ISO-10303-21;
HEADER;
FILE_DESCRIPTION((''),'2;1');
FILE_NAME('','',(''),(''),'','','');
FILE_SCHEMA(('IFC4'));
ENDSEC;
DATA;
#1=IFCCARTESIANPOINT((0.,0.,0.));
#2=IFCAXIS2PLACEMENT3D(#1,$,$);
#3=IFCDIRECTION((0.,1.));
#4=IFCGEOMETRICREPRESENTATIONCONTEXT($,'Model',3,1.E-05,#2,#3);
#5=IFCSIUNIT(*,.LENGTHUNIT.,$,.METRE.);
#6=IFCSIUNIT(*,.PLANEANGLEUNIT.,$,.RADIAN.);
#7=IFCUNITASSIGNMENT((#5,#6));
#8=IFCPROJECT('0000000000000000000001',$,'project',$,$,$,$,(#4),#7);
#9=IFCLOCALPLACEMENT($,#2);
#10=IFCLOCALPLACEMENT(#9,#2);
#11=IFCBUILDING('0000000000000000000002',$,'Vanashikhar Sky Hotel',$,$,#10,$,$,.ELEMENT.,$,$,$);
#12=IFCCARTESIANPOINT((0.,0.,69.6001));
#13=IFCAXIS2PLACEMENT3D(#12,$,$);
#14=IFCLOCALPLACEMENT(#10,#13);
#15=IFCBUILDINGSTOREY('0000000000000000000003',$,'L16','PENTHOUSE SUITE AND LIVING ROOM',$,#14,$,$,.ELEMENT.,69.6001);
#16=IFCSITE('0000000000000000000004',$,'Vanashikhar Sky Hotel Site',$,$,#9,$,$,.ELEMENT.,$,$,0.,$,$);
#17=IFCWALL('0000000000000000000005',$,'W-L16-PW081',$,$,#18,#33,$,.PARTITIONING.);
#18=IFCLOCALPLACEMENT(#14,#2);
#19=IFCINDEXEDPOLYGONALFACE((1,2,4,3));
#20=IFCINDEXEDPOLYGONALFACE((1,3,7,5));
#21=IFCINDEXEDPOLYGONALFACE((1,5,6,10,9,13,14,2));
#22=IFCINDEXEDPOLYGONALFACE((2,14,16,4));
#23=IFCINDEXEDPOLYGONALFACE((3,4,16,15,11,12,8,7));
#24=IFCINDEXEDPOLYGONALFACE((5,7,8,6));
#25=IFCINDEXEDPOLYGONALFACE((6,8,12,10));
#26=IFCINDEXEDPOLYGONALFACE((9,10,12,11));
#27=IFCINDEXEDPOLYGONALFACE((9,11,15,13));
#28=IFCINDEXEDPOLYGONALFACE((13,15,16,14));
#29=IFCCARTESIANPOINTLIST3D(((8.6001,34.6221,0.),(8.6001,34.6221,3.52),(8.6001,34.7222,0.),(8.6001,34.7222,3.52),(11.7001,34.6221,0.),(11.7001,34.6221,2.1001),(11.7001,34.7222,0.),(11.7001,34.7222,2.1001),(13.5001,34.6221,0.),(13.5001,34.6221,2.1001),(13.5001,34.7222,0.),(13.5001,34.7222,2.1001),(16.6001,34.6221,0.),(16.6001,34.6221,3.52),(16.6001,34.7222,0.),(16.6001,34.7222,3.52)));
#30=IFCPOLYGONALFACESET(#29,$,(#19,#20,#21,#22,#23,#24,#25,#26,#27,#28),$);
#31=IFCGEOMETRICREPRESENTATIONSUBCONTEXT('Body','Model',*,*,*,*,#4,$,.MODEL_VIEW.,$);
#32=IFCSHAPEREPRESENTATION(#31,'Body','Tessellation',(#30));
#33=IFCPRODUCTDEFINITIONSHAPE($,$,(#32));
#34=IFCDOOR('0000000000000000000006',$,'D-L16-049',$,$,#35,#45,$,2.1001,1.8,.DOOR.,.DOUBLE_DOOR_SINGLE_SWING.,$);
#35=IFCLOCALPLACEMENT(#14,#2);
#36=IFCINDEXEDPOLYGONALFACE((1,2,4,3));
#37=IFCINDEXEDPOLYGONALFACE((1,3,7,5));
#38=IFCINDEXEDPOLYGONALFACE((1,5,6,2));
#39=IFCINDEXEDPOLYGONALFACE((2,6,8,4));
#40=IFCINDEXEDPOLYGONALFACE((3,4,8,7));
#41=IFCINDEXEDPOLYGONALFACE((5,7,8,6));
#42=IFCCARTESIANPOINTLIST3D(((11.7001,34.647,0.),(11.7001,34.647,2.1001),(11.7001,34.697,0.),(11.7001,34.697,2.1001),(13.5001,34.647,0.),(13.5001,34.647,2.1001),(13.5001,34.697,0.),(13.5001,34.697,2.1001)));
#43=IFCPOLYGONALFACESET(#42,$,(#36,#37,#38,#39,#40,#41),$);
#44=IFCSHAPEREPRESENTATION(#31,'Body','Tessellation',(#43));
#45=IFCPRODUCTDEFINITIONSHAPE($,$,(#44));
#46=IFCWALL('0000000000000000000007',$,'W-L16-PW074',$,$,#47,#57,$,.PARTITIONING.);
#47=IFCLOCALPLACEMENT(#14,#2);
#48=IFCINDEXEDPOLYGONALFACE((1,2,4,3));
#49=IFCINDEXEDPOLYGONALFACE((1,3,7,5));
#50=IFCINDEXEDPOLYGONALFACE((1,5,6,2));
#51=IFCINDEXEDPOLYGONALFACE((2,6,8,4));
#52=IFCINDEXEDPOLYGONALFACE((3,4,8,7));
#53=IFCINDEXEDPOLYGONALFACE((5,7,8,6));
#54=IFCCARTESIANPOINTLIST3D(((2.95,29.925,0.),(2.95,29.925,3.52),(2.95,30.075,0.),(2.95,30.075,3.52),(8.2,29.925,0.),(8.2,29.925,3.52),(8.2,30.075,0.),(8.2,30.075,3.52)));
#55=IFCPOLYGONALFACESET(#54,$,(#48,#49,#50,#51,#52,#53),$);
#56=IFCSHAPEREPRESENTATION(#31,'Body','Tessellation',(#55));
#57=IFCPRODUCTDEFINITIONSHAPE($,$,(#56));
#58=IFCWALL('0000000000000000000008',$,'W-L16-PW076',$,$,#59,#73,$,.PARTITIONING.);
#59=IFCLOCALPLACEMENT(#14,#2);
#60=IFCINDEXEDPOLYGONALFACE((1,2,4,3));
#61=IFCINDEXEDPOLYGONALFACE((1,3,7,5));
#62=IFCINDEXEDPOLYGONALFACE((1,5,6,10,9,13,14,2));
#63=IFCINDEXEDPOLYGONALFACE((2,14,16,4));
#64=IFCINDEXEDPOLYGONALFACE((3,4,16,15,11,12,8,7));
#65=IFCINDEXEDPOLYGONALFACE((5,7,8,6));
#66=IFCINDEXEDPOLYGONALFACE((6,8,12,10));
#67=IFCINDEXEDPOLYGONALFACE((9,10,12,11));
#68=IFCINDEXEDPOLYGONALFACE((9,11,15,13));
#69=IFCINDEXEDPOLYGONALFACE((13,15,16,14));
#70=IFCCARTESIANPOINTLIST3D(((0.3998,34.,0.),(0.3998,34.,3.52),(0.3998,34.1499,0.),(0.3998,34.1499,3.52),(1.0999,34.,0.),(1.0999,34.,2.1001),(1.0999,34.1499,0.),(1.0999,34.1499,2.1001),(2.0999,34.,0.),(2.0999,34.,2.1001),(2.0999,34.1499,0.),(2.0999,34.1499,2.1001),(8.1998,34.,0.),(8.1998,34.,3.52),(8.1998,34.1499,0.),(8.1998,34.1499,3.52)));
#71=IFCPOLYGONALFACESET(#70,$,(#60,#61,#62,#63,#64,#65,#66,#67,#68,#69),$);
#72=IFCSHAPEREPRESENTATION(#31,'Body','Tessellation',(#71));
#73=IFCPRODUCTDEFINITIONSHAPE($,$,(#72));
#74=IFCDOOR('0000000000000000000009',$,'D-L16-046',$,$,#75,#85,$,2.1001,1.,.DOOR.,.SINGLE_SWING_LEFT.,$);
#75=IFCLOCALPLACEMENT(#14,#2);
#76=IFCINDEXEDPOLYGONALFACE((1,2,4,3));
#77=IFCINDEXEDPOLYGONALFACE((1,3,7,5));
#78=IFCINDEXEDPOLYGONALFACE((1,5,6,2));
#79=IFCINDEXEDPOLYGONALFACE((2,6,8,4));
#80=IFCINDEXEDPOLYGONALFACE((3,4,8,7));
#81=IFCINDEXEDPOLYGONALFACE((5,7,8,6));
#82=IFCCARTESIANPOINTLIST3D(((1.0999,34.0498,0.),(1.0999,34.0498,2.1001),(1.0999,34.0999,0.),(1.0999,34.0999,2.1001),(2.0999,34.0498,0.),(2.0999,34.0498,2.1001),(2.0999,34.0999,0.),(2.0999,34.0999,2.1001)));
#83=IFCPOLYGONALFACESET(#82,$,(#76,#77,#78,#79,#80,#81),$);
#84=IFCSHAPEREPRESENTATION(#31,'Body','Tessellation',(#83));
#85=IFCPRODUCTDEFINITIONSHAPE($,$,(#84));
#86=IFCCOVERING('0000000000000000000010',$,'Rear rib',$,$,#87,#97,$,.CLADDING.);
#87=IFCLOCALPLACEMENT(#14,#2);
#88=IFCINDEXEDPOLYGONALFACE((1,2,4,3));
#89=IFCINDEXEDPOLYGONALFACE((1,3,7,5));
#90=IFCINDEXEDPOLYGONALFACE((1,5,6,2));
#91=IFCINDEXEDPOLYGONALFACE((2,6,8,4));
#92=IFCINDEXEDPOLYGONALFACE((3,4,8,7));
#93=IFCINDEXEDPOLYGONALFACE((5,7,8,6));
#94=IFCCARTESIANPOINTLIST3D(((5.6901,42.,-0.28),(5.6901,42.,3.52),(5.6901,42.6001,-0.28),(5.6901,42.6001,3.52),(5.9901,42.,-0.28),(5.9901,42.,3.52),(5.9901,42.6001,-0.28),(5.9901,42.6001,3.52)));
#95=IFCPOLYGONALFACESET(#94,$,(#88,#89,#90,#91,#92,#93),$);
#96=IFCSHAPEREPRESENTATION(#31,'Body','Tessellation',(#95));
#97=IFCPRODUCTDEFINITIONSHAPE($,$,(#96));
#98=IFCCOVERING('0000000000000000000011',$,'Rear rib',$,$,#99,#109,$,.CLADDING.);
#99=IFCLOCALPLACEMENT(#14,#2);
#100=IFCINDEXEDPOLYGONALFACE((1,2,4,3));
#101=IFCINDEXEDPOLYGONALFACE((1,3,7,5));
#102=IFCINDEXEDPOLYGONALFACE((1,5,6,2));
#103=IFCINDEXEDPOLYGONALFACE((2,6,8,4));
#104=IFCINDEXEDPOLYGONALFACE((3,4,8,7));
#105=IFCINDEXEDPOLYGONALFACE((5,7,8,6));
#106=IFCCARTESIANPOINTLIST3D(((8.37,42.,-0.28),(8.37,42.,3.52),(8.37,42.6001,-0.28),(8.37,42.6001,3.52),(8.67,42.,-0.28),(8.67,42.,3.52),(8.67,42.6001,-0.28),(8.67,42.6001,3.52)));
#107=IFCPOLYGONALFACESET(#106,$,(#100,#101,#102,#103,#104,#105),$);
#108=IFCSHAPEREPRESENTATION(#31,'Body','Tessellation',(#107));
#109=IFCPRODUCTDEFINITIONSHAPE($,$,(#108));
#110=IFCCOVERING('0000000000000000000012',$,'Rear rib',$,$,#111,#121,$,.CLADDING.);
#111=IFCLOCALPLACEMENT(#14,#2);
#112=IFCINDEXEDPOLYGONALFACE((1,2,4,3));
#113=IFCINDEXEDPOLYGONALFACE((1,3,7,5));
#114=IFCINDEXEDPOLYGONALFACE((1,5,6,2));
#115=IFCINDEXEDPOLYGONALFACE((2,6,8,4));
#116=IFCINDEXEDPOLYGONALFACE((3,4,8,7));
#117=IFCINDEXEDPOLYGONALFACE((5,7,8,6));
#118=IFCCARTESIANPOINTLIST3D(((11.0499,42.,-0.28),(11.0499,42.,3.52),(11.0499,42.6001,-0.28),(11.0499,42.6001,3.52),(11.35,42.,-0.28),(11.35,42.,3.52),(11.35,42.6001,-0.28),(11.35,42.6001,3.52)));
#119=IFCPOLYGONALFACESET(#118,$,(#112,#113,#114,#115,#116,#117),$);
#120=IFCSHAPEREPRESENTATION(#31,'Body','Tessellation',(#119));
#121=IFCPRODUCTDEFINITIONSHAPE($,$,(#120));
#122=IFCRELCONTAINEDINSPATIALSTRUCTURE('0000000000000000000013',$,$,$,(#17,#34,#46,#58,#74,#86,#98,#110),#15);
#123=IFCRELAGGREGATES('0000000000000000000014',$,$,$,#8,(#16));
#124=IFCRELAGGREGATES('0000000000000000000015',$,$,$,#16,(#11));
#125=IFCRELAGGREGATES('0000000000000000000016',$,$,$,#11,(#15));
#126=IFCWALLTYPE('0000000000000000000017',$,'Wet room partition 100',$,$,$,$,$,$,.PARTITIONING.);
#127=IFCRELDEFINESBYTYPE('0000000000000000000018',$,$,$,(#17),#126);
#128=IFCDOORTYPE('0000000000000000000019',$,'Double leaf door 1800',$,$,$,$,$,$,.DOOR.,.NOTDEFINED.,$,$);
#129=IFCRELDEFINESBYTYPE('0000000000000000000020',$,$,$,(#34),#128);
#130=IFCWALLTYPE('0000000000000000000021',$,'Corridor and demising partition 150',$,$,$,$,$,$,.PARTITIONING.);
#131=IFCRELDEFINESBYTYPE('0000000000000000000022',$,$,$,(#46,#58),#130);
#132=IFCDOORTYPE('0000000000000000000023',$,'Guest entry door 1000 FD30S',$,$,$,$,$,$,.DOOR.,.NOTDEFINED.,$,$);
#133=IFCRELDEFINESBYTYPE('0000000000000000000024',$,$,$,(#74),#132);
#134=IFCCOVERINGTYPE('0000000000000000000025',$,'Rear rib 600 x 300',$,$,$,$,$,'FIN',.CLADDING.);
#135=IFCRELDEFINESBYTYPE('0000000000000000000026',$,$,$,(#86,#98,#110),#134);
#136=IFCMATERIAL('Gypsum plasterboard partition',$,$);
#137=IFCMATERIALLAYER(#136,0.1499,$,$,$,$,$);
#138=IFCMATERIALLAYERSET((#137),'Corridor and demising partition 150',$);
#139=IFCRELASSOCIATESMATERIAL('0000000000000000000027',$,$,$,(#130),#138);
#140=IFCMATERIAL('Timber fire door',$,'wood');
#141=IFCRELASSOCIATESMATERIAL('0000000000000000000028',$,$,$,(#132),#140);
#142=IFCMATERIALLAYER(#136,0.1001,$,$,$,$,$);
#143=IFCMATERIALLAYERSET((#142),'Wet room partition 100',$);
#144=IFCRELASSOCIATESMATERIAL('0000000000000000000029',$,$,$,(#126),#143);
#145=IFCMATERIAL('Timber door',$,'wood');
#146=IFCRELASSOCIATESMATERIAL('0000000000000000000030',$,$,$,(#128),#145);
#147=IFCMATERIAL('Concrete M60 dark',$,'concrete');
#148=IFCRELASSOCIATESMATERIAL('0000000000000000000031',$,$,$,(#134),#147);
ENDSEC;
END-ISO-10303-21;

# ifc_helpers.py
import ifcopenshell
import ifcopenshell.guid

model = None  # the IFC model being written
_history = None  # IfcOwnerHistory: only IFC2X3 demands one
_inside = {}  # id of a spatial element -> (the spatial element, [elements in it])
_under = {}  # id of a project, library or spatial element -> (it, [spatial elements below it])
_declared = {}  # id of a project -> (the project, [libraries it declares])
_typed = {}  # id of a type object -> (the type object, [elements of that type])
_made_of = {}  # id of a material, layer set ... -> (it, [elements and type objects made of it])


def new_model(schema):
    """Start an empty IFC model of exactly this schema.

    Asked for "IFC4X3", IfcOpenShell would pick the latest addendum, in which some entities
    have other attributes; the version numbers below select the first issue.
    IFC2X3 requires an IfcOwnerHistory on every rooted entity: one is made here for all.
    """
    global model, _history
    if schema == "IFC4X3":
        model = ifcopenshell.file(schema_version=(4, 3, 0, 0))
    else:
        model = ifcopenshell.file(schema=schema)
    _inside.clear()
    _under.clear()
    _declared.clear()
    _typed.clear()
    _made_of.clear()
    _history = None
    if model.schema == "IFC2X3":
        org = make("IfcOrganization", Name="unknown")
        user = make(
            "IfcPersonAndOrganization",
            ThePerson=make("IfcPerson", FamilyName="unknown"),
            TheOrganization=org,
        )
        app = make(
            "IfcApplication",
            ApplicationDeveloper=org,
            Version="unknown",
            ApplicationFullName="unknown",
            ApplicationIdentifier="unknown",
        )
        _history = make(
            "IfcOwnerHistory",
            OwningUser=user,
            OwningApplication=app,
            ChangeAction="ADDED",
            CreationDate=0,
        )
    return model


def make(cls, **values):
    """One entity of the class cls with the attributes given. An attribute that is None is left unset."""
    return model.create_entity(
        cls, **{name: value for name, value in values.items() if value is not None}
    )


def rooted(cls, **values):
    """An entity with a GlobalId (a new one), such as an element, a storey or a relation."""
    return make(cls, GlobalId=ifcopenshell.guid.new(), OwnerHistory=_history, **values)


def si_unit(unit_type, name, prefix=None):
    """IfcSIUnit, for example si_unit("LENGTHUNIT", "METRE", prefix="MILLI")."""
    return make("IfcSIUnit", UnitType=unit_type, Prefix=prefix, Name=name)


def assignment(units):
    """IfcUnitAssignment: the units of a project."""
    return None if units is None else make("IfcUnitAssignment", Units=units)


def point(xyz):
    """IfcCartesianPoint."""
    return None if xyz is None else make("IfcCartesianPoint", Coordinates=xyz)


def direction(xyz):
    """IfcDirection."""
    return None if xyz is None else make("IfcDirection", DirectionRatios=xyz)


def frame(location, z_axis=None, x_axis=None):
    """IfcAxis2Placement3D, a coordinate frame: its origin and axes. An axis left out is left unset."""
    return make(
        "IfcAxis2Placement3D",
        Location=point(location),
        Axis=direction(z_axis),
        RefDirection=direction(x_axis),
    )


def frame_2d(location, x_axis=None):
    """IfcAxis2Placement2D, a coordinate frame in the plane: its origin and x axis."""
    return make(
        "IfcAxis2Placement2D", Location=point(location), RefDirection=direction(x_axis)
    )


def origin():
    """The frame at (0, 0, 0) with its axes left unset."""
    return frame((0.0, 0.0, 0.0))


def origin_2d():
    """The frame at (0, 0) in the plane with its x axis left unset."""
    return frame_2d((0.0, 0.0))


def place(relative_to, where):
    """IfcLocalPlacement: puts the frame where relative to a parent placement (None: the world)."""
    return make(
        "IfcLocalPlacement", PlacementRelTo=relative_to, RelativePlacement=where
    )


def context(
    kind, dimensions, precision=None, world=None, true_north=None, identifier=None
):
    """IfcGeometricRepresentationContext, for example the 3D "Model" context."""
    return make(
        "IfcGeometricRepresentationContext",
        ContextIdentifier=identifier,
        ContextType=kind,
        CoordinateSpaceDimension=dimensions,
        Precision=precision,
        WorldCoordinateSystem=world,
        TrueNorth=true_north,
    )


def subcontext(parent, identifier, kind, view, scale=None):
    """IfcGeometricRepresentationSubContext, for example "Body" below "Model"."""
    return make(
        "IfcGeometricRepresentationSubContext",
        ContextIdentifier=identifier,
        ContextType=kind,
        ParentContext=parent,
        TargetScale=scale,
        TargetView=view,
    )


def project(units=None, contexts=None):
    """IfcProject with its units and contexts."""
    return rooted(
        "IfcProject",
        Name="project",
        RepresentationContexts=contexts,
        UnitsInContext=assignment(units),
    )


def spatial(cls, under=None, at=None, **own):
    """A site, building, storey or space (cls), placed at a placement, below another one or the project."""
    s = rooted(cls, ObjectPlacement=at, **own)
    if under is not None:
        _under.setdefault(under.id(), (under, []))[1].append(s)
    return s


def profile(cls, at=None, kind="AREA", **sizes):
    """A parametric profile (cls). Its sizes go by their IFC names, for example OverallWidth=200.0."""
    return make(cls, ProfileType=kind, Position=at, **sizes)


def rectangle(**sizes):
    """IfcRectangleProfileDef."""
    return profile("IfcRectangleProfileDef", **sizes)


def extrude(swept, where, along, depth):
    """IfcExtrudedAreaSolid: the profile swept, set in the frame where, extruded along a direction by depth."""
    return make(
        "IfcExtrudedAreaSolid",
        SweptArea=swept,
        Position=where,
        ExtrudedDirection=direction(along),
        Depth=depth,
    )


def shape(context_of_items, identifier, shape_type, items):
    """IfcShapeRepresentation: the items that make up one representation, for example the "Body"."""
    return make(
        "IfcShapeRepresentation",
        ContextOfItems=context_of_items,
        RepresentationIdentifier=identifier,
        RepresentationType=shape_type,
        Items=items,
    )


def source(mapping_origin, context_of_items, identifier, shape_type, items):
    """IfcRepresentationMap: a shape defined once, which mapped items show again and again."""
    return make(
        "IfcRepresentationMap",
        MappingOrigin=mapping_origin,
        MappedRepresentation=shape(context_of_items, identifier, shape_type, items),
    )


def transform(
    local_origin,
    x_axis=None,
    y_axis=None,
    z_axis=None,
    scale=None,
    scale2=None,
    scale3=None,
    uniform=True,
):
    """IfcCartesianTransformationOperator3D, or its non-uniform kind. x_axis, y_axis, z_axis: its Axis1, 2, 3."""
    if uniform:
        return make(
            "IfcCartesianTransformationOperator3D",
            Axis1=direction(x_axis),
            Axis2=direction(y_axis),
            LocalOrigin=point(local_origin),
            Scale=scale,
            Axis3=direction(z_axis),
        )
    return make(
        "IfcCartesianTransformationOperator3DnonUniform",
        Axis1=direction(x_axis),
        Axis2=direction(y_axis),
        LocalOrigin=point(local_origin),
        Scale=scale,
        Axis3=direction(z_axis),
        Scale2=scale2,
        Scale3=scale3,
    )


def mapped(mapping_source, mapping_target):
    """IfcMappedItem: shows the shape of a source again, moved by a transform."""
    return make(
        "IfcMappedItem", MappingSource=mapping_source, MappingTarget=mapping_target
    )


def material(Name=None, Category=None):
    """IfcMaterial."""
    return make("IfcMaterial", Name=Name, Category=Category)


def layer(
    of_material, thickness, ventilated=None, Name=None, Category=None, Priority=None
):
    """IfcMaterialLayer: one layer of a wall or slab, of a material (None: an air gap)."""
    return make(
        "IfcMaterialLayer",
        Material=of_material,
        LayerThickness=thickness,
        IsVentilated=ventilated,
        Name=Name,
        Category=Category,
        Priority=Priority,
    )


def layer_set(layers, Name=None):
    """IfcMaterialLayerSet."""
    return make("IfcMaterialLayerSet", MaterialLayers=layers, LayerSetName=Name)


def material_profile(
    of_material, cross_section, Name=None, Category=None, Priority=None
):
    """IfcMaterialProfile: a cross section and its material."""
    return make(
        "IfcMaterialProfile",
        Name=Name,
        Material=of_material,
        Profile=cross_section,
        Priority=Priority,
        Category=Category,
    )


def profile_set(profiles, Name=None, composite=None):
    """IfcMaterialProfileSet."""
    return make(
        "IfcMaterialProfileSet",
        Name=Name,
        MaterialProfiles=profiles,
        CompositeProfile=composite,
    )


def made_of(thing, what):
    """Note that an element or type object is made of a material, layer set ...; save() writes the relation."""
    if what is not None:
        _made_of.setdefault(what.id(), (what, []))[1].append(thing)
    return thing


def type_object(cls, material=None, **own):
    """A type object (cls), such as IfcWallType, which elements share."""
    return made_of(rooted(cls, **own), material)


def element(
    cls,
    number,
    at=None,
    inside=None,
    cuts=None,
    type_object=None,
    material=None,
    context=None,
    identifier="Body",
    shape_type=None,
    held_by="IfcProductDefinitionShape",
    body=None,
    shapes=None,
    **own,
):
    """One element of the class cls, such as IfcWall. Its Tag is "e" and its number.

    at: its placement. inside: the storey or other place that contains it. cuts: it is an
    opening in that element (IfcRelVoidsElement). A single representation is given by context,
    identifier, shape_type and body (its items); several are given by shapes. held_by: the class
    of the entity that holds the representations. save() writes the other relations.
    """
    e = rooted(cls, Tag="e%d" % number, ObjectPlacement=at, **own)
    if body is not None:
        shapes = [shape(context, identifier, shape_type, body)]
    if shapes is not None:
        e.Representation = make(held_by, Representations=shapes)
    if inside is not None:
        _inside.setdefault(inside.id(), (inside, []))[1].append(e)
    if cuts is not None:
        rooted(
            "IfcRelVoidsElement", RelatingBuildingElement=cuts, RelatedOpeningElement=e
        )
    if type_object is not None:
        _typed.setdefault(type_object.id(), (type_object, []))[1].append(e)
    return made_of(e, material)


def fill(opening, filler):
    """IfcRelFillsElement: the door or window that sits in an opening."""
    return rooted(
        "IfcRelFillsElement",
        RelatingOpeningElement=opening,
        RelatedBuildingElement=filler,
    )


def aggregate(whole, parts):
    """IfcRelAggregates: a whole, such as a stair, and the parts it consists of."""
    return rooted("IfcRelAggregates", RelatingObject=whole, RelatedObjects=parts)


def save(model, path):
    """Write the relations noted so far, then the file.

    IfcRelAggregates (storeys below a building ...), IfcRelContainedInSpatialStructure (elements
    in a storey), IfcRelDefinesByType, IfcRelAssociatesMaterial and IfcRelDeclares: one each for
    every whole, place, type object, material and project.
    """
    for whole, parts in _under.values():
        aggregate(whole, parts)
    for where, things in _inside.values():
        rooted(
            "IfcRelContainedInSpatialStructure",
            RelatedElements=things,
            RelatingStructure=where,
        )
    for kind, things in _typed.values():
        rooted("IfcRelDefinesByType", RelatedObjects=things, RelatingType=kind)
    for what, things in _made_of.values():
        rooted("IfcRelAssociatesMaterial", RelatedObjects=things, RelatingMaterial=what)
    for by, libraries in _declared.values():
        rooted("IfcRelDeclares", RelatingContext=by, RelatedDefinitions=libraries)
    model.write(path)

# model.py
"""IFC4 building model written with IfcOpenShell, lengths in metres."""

from ifc_helpers import new_model, si_unit, direction, frame, frame_2d, origin, origin_2d, place, context, subcontext, project, spatial, rectangle, extrude, source, transform, mapped, material, layer, layer_set, material_profile, profile_set, type_object, element, fill, save


model = new_model("IFC4")

# Units and contexts
model_context = context("Model", 3, precision=1e-05, world=origin(), true_north=direction((0.0, 1.0)))
body_context = subcontext(model_context, "Body", "Model", "MODEL_VIEW")
ifc_project = project(units=[si_unit("LENGTHUNIT", "METRE"), si_unit("PLANEANGLEUNIT", "RADIAN")], contexts=[model_context])

# Site, building, storey
site_placement = place(None, origin())
site = spatial("IfcSite", under=ifc_project, at=site_placement, Name="Vanashikhar Sky Hotel Site", CompositionType="ELEMENT", RefElevation=0.0)
building_placement = place(site_placement, origin())
building = spatial("IfcBuilding", under=site, at=building_placement, Name="Vanashikhar Sky Hotel", CompositionType="ELEMENT")
storey_placement = place(building_placement, frame((0.0, 0.0, 69.6001)))
storey = spatial("IfcBuildingStorey", under=building, at=storey_placement, Name="L16", Description="PENTHOUSE SUITE AND LIVING ROOM", CompositionType="ELEMENT", Elevation=69.6001)

# Wall, opening, door
ifc_material_1 = material(Name="Gypsum plasterboard partition")
ifc_layer_1 = layer(ifc_material_1, 0.1499)
ifc_layer_set_1 = layer_set([ifc_layer_1], Name="Corridor and demising partition 150")
wall_type_1 = type_object("IfcWallType", Name="Corridor and demising partition 150", PredefinedType="PARTITIONING", material=ifc_layer_set_1)
shared_shape_1 = source(origin(), body_context, "Body", "SweptSolid", [
    extrude(rectangle(XDim=1.0, YDim=2.1001, at=frame_2d((0.5, 1.05))), frame((0.0, 0.085, 0.0), z_axis=(0.0, -1.0, 0.0), x_axis=(1.0, 0.0, 0.0)), (0.0, 0.0, 1.0), 0.1699),
])
ifc_material_2 = material(Name="Timber fire door", Category="wood")
door_type_1 = type_object("IfcDoorType", Name="Guest entry door 1000 FD30S", OperationType="NOTDEFINED", PredefinedType="DOOR", material=ifc_material_2)
shared_shape_2 = source(origin(), body_context, "Body", "SweptSolid", [
    extrude(rectangle(XDim=1.0, YDim=2.1001, at=frame_2d((0.5, 1.05))), frame((0.0, 0.0249, 0.0), z_axis=(0.0, -1.0, 0.0), x_axis=(1.0, 0.0, 0.0)), (0.0, 0.0, 1.0), 0.05),
])
ifc_layer_2 = layer(ifc_material_1, 0.1001)
ifc_layer_set_2 = layer_set([ifc_layer_2], Name="Wet room partition 100")
wall_type_2 = type_object("IfcWallType", Name="Wet room partition 100", PredefinedType="PARTITIONING", material=ifc_layer_set_2)
shared_shape_3 = source(origin(), body_context, "Body", "SweptSolid", [
    extrude(rectangle(XDim=8.0, YDim=0.1001, at=frame_2d((4.0, 0.0))), origin(), (0.0, 0.0, 1.0), 3.52),
])
wall_1_placement = place(storey_placement, frame((8.6001, 34.6721, 0.0), z_axis=(0.0, 0.0, 1.0), x_axis=(1.0, 0.0, 0.0)))
wall_1 = element("IfcWall", 1, at=wall_1_placement, inside=storey, type_object=wall_type_2, Name="W-L16-PW081", PredefinedType="PARTITIONING", context=body_context, shape_type="MappedRepresentation", body=[
    mapped(shared_shape_3, transform((0.0, 0.0, 0.0), scale=1.0)),
])
shared_shape_4 = source(origin(), body_context, "Body", "SweptSolid", [
    extrude(rectangle(XDim=1.8, YDim=2.1001, at=frame_2d((0.8999, 1.05))), frame((0.0, 0.0601, 0.0), z_axis=(0.0, -1.0, 0.0), x_axis=(1.0, 0.0, 0.0)), (0.0, 0.0, 1.0), 0.1201),
])
opening_1_placement = place(wall_1_placement, frame((3.1001, 0.0, 0.0)))
opening_1 = element("IfcOpeningElement", 2, at=opening_1_placement, cuts=wall_1, PredefinedType="OPENING", context=body_context, shape_type="MappedRepresentation", body=[
    mapped(shared_shape_4, transform((0.0, 0.0, 0.0), scale=1.0)),
])
ifc_material_3 = material(Name="Timber door", Category="wood")
door_type_2 = type_object("IfcDoorType", Name="Double leaf door 1800", OperationType="NOTDEFINED", PredefinedType="DOOR", material=ifc_material_3)
shared_shape_5 = source(origin(), body_context, "Body", "SweptSolid", [
    extrude(rectangle(XDim=1.8, YDim=2.1001, at=frame_2d((0.8999, 1.05))), frame((0.0, 0.0249, 0.0), z_axis=(0.0, -1.0, 0.0), x_axis=(1.0, 0.0, 0.0)), (0.0, 0.0, 1.0), 0.05),
])
door_1_placement = place(opening_1_placement, origin())
door_1 = element("IfcDoor", 3, at=door_1_placement, inside=storey, type_object=door_type_2, Name="D-L16-049", OperationType="DOUBLE_DOOR_SINGLE_SWING", OverallHeight=2.1001, OverallWidth=1.8, PredefinedType="DOOR", context=body_context, shape_type="MappedRepresentation", body=[
    mapped(shared_shape_5, transform((0.0, 0.0, 0.0), scale=1.0)),
])
fill(opening_1, door_1)

# Wall
shared_shape_6 = source(origin(), body_context, "Body", "SweptSolid", [
    extrude(rectangle(XDim=5.25, YDim=0.1499, at=frame_2d((2.625, 0.0))), origin(), (0.0, 0.0, 1.0), 3.52),
])
wall_2_placement = place(storey_placement, frame((2.95, 30.0, 0.0), z_axis=(0.0, 0.0, 1.0), x_axis=(1.0, 0.0, 0.0)))
element("IfcWall", 4, at=wall_2_placement, inside=storey, type_object=wall_type_1, Name="W-L16-PW074", PredefinedType="PARTITIONING", context=body_context, shape_type="MappedRepresentation", body=[
    mapped(shared_shape_6, transform((0.0, 0.0, 0.0), scale=1.0)),
])

# Wall, opening, door
shared_shape_7 = source(origin(), body_context, "Body", "SweptSolid", [
    extrude(rectangle(XDim=7.8, YDim=0.1499, at=frame_2d((3.8999, 0.0))), origin(), (0.0, 0.0, 1.0), 3.52),
])
wall_3_placement = place(storey_placement, frame((0.3999, 34.075, 0.0), z_axis=(0.0, 0.0, 1.0), x_axis=(1.0, 0.0, 0.0)))
wall_3 = element("IfcWall", 5, at=wall_3_placement, inside=storey, type_object=wall_type_1, Name="W-L16-PW076", PredefinedType="PARTITIONING", context=body_context, shape_type="MappedRepresentation", body=[
    mapped(shared_shape_7, transform((0.0, 0.0, 0.0), scale=1.0)),
])
opening_2_placement = place(wall_3_placement, frame((0.7, 0.0, 0.0)))
opening_2 = element("IfcOpeningElement", 6, at=opening_2_placement, cuts=wall_3, PredefinedType="OPENING", context=body_context, shape_type="MappedRepresentation", body=[
    mapped(shared_shape_1, transform((0.0, 0.0, 0.0), scale=1.0)),
])
door_2_placement = place(opening_2_placement, origin())
door_2 = element("IfcDoor", 7, at=door_2_placement, inside=storey, type_object=door_type_1, Name="D-L16-046", OperationType="SINGLE_SWING_LEFT", OverallHeight=2.1001, OverallWidth=1.0, PredefinedType="DOOR", context=body_context, shape_type="MappedRepresentation", body=[
    mapped(shared_shape_2, transform((0.0, 0.0, 0.0), scale=1.0)),
])
fill(opening_2, door_2)

# Coverings
ifc_material_4 = material(Name="Concrete M60 dark", Category="concrete")
ifc_material_profile_1 = material_profile(ifc_material_4, rectangle(XDim=0.6001, YDim=0.3, at=origin_2d()))
ifc_profile_set_1 = profile_set([ifc_material_profile_1], Name="Rear rib 600 x 300")
covering_type = type_object("IfcCoveringType", Name="Rear rib 600 x 300", ElementType="FIN", PredefinedType="CLADDING", material=ifc_profile_set_1)
shared_shape_8 = source(origin(), body_context, "Body", "SweptSolid", [
    extrude(rectangle(XDim=0.6001, YDim=0.3, at=origin_2d()), origin(), (0.0, 0.0, 1.0), 3.8),
])
for number, where, z_axis, x_axis, name in (
    (8, (5.8401, 42.3, -0.28), (0.0, 0.0, 1.0), (0.0, 1.0, 0.0), "Rear rib"),
    (9, (8.52, 42.3, -0.28), (0.0, 0.0, 1.0), (0.0, 1.0, 0.0), "Rear rib"),
    (10, (11.2, 42.3, -0.28), (0.0, 0.0, 1.0), (0.0, 1.0, 0.0), "Rear rib"),
):
    element("IfcCovering", number, at=place(storey_placement, frame(where, z_axis=z_axis, x_axis=x_axis)), inside=storey, type_object=covering_type, Name=name, PredefinedType="CLADDING", context=body_context, shape_type="MappedRepresentation", body=[
        mapped(shared_shape_8, transform((0.0, 0.0, 0.0), scale=1.0)),
    ])

save(model, "model.ifc")
